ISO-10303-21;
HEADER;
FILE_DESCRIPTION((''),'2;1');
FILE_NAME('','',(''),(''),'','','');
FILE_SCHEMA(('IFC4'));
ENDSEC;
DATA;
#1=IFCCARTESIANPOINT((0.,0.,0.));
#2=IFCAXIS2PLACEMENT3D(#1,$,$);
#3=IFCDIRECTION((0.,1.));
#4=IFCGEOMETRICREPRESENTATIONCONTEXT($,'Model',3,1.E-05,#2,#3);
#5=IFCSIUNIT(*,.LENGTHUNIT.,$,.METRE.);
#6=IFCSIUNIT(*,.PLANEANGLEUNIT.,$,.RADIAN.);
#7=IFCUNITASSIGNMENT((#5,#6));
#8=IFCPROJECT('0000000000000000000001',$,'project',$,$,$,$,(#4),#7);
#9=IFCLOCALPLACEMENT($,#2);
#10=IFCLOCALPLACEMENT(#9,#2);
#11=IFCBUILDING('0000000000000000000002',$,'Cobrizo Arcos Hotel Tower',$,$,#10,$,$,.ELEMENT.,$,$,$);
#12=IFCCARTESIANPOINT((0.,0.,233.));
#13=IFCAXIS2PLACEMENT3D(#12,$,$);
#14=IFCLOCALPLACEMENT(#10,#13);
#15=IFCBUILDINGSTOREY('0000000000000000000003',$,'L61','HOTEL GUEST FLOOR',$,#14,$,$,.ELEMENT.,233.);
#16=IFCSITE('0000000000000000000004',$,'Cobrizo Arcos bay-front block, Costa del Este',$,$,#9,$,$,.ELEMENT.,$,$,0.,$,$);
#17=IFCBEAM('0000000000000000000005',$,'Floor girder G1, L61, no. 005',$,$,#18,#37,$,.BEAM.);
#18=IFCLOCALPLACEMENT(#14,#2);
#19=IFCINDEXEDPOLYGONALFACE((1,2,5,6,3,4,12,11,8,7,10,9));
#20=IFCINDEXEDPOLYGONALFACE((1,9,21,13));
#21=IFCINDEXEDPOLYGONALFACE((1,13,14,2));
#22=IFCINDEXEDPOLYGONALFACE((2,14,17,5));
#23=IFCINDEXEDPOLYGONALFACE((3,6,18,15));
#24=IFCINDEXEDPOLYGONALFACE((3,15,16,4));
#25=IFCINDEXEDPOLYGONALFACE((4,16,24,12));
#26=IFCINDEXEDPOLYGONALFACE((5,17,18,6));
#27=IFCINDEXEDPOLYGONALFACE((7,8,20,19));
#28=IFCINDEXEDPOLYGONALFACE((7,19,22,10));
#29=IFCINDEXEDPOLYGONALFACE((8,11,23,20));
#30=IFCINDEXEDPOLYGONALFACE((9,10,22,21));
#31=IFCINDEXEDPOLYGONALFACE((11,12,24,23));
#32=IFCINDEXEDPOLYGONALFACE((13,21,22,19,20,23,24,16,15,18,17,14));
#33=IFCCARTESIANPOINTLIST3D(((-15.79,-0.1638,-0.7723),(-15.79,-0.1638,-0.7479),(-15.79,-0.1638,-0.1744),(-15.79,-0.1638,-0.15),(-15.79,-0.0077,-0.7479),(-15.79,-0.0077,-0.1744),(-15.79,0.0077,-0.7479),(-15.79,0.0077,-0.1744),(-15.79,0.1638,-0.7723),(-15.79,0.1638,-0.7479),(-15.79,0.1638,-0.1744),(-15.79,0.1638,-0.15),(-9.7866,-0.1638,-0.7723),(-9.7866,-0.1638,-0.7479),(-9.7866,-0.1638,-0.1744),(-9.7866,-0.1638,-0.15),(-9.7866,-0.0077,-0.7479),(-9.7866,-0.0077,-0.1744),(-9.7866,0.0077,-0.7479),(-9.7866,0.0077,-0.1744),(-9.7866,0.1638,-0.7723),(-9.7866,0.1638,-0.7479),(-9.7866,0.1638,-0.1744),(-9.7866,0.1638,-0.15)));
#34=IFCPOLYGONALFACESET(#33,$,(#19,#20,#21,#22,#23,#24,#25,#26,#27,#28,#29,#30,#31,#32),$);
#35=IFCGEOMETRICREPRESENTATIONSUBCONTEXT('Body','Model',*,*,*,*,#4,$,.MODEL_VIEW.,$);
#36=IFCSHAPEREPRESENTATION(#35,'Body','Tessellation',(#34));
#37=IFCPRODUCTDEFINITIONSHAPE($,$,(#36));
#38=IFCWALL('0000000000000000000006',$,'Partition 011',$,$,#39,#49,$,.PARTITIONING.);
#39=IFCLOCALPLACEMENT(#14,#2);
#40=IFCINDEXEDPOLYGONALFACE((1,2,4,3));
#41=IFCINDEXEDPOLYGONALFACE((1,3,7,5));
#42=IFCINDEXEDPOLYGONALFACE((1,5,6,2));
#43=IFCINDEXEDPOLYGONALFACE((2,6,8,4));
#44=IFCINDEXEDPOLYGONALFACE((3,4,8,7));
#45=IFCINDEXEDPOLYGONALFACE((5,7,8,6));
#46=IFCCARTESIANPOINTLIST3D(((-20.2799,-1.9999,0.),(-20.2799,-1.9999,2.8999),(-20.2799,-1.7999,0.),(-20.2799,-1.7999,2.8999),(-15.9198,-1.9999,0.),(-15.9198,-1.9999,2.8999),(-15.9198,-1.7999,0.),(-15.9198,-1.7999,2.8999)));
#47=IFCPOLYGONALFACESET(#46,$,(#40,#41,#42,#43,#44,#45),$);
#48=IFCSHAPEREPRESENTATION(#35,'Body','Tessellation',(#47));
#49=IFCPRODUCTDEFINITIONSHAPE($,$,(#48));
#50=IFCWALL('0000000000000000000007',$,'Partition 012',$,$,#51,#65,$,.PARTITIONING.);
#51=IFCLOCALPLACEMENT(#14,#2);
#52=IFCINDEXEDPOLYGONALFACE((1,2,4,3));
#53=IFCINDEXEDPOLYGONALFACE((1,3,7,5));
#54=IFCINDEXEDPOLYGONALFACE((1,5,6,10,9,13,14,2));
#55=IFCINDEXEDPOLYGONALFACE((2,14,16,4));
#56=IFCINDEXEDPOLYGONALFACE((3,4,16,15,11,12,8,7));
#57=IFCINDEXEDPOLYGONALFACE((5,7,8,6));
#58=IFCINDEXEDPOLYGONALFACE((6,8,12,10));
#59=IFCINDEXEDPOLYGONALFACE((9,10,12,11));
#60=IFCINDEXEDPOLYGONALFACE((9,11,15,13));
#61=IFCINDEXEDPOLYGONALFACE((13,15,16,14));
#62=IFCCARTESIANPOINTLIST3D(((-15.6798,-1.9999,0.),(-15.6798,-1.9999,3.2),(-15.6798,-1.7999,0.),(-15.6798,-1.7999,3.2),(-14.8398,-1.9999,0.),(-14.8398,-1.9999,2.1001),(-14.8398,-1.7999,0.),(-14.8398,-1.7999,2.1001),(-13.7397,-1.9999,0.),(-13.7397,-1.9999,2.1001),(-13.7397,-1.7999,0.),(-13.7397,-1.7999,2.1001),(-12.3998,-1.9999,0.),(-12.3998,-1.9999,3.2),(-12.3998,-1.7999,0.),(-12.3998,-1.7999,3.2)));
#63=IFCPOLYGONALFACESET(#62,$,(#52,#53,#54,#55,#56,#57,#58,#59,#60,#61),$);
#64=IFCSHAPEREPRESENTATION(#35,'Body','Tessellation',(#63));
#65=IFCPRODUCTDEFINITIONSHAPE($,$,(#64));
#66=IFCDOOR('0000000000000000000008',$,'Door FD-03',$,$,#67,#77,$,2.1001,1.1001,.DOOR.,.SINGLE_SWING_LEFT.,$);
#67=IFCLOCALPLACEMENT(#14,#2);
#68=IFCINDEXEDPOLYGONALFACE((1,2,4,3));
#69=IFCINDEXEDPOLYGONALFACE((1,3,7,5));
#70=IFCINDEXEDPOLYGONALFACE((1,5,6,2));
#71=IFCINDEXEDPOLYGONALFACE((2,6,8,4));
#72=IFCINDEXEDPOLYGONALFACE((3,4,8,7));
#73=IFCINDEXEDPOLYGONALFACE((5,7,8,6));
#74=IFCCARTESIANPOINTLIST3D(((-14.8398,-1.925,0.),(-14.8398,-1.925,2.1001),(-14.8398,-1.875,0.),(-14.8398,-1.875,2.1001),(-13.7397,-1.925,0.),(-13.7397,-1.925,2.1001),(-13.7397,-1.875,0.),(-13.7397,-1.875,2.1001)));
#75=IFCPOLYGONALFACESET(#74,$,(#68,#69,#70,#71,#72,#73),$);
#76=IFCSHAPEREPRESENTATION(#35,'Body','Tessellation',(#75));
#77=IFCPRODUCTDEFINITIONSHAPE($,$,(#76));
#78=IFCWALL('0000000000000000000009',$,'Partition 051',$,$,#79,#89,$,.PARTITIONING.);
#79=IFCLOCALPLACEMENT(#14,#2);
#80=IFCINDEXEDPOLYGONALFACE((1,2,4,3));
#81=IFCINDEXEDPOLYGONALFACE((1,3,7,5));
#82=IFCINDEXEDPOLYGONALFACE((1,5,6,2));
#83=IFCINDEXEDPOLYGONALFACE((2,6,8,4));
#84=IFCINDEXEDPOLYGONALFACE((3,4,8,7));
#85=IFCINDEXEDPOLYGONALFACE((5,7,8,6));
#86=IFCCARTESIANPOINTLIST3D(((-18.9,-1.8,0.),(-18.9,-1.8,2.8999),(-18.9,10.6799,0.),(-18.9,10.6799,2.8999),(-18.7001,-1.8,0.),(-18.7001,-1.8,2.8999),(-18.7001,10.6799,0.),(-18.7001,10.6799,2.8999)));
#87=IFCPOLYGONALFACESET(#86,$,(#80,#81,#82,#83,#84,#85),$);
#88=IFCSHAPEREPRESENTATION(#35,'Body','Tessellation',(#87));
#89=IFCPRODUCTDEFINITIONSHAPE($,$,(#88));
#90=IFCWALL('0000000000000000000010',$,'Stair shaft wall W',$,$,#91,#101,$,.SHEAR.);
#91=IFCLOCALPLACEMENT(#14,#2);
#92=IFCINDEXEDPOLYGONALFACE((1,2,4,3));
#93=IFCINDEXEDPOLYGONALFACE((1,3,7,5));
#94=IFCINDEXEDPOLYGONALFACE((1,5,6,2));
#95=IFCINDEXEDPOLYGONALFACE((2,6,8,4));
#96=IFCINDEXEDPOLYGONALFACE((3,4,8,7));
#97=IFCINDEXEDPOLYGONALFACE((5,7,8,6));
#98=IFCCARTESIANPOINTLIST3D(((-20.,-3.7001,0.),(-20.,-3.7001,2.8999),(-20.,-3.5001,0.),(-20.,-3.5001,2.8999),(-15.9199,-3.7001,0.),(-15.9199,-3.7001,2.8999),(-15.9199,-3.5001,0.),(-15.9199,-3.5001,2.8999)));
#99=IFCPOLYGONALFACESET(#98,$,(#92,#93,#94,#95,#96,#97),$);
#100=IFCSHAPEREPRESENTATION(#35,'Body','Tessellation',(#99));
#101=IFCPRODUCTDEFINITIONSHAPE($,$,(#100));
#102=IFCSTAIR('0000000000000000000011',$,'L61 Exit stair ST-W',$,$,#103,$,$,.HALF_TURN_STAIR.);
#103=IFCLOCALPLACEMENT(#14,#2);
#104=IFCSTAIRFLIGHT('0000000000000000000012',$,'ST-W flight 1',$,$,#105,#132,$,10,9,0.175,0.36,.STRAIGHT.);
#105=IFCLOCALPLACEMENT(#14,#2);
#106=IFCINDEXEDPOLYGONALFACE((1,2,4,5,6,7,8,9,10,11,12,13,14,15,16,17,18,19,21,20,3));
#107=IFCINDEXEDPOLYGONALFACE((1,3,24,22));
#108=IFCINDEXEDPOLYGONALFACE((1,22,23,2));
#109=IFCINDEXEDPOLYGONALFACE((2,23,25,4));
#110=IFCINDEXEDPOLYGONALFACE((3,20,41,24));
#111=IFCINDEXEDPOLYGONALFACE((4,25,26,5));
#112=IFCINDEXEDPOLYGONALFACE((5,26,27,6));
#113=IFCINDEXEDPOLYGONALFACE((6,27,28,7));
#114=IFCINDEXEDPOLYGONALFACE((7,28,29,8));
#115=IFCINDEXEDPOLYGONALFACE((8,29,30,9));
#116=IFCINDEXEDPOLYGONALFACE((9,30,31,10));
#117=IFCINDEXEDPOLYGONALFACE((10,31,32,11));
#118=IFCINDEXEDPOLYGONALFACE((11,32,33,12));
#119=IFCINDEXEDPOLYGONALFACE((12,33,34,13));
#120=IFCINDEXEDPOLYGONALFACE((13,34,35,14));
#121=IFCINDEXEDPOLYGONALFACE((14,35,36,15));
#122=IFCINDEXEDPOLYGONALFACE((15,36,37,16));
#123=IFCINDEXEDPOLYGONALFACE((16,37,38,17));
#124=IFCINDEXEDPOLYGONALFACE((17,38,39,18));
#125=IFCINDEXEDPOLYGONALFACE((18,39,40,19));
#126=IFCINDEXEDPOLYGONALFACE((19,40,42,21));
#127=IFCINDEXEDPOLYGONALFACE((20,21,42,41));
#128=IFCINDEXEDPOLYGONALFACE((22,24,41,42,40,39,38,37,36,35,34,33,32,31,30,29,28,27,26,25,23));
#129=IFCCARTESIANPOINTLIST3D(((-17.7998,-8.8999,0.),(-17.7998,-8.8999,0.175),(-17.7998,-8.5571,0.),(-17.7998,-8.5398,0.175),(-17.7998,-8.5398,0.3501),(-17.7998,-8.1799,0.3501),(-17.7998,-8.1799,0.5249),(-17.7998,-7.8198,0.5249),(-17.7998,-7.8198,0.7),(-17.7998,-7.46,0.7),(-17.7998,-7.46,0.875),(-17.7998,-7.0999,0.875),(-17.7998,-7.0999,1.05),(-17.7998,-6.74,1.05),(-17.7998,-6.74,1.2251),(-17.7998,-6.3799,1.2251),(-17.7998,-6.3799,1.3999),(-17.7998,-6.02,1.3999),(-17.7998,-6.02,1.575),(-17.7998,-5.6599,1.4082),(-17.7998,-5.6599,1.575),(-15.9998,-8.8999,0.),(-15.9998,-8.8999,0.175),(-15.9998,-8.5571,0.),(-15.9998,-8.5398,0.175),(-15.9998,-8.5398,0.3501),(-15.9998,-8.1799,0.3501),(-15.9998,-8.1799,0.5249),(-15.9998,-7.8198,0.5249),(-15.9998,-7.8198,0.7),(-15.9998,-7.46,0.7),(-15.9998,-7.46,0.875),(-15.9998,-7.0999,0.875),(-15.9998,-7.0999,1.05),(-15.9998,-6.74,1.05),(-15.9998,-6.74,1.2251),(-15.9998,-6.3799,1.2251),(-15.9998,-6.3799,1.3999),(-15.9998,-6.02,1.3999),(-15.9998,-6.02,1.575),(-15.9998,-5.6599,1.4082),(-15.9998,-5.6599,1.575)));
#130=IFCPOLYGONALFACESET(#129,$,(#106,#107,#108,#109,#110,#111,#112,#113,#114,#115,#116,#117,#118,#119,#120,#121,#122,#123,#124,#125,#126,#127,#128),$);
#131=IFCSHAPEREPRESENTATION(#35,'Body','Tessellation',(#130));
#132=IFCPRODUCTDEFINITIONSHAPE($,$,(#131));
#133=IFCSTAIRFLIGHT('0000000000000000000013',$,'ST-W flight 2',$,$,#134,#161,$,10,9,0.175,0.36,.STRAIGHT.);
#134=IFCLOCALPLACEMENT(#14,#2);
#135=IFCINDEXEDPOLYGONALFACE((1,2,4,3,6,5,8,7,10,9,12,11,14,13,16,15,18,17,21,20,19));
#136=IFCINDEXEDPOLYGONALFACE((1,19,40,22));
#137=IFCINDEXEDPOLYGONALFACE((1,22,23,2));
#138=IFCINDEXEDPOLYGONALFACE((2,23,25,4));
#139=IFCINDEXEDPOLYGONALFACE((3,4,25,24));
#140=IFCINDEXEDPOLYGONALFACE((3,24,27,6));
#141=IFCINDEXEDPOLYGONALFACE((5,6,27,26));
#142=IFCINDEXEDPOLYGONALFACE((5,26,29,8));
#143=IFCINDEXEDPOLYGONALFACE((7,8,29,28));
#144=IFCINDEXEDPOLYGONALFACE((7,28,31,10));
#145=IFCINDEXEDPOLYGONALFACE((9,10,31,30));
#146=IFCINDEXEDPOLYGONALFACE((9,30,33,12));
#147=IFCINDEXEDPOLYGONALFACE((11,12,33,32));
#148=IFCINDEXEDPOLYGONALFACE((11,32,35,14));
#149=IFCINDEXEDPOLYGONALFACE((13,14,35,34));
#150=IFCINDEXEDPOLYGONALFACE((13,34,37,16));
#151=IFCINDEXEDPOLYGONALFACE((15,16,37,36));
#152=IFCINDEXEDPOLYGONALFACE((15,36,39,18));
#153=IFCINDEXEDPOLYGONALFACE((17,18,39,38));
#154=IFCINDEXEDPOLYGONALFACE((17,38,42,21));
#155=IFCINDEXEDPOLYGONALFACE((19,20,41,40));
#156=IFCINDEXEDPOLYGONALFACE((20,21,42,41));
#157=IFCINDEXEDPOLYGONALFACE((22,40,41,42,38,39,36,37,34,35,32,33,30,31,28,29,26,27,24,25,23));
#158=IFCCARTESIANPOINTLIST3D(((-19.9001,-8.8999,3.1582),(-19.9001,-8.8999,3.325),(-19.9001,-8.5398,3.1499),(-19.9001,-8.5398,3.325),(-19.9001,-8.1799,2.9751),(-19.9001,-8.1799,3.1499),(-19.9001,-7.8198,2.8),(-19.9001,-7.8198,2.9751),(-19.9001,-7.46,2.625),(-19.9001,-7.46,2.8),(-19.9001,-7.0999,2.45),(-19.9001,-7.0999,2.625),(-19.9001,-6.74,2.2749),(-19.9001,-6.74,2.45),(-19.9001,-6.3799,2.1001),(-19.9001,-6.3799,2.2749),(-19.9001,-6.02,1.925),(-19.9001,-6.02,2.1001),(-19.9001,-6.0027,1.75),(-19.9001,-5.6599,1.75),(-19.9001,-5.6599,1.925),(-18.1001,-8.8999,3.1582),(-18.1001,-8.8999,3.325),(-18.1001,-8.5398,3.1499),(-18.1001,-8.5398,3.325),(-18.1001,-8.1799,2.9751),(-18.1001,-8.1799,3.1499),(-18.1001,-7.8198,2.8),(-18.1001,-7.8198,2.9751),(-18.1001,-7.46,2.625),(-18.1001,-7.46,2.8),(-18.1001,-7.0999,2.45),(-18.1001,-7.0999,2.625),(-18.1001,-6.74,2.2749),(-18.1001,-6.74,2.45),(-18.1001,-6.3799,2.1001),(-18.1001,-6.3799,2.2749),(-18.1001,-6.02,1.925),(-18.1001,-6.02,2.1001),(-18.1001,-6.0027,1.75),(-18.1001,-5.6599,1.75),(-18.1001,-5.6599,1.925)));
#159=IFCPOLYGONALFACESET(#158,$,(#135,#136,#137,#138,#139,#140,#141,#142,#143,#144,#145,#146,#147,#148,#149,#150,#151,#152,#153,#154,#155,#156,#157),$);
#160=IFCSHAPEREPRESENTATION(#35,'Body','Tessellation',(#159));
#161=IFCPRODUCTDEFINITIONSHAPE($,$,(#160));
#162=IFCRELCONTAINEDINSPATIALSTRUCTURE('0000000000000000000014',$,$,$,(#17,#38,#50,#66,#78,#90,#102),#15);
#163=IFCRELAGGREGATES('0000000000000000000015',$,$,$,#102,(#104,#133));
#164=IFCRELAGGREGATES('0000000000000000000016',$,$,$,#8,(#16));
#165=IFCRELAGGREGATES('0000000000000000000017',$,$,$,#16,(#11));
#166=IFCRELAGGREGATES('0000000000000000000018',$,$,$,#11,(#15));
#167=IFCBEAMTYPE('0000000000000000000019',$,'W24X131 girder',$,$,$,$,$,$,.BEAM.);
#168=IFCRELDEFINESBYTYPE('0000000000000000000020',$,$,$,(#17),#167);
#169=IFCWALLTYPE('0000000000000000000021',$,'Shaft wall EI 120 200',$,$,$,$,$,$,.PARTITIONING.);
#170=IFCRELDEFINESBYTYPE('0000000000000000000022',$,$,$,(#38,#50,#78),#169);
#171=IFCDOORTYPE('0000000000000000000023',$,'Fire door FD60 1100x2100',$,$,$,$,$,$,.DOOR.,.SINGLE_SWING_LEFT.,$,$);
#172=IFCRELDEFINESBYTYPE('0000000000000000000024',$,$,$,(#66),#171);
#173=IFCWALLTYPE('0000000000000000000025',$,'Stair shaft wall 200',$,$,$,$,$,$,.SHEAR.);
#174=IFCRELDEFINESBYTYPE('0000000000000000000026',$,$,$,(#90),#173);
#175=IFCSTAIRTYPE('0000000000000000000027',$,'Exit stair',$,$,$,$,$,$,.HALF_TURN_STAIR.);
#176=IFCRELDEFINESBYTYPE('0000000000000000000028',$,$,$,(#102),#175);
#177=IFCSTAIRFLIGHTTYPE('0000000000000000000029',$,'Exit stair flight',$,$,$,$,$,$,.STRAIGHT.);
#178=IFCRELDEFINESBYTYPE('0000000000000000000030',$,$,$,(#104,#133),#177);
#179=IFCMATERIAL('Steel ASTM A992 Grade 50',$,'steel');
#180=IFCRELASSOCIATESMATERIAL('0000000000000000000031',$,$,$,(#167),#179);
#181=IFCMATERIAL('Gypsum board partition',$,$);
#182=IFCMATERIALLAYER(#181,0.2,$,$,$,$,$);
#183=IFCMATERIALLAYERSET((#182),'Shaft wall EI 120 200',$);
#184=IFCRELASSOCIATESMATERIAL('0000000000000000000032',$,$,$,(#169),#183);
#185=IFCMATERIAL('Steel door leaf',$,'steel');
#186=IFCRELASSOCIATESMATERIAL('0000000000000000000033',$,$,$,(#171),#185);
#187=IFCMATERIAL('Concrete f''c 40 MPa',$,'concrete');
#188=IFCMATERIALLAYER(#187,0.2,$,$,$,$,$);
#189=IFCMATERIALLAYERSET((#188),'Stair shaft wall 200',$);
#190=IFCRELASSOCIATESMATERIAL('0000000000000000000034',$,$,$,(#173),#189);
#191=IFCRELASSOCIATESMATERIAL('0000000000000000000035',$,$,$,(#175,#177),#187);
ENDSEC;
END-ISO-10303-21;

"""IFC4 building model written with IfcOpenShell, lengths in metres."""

from ifc_helpers import new_model, si_unit, direction, frame, frame_2d, origin, origin_2d, place, context, subcontext, project, spatial, polyline, rectangle, i_section, outline, extrude, material, layer, layer_set, material_profile, profile_set, type_object, element, fill, aggregate, save


model = new_model("IFC4")

# Units and contexts
model_context = context("Model", 3, precision=1e-05, world=origin(), true_north=direction((0.0, 1.0)))
body_context = subcontext(model_context, "Body", "Model", "MODEL_VIEW")
ifc_project = project(units=[si_unit("LENGTHUNIT", "METRE"), si_unit("PLANEANGLEUNIT", "RADIAN")], contexts=[model_context])

# Site, building, storey
site_placement = place(None, origin())
site = spatial("IfcSite", under=ifc_project, at=site_placement, Name="Cobrizo Arcos bay-front block, Costa del Este", CompositionType="ELEMENT", RefElevation=0.0)
building_placement = place(site_placement, origin())
building = spatial("IfcBuilding", under=site, at=building_placement, Name="Cobrizo Arcos Hotel Tower", CompositionType="ELEMENT")
storey_placement = place(building_placement, frame((0.0, 0.0, 233.0)))
storey = spatial("IfcBuildingStorey", under=building, at=storey_placement, Name="L61", Description="HOTEL GUEST FLOOR", CompositionType="ELEMENT", Elevation=233.0)

# Beam
ifc_material_1 = material(Name="Steel ASTM A992 Grade 50", Category="steel")
ifc_material_profile = material_profile(ifc_material_1, i_section(OverallWidth=0.3276, OverallDepth=0.6223, WebThickness=0.0154, FlangeThickness=0.0244, at=origin_2d()), Name="W24X131")
ifc_profile_set = profile_set([ifc_material_profile], Name="Steel ASTM A992 Grade 50")
beam_type = type_object("IfcBeamType", Name="W24X131 girder", PredefinedType="BEAM", material=ifc_profile_set)
beam_placement = place(storey_placement, frame((-15.79, 0.0, -0.4612), z_axis=(1.0, 0.0, 0.0), x_axis=(0.0, 1.0, 0.0)))
element("IfcBeam", 1, at=beam_placement, inside=storey, type_object=beam_type, Name="Floor girder G1, L61, no. 005", PredefinedType="BEAM", context=body_context, shape_type="SweptSolid", body=[
    extrude(i_section(OverallWidth=0.3276, OverallDepth=0.6223, WebThickness=0.0154, FlangeThickness=0.0244, at=origin_2d()), origin(), (0.0, 0.0, 1.0), 6.0034),
])

# Wall
ifc_material_2 = material(Name="Gypsum board partition")
ifc_layer_1 = layer(ifc_material_2, 0.2)
ifc_layer_set_1 = layer_set([ifc_layer_1], Name="Shaft wall EI 120 200")
wall_type_1 = type_object("IfcWallType", Name="Shaft wall EI 120 200", PredefinedType="PARTITIONING", material=ifc_layer_set_1)
wall_1_placement = place(storey_placement, frame((-20.28, -1.8999, 0.0), z_axis=(0.0, 0.0, 1.0), x_axis=(1.0, 0.0, 0.0)))
element("IfcWall", 2, at=wall_1_placement, inside=storey, type_object=wall_type_1, Name="Partition 011", PredefinedType="PARTITIONING", context=body_context, shape_type="SweptSolid", body=[
    extrude(rectangle(XDim=4.3601, YDim=0.2, at=frame_2d((2.1802, 0.0))), origin(), (0.0, 0.0, 1.0), 2.8999),
])

# Wall, opening, door
wall_2_placement = place(storey_placement, frame((-15.6799, -1.8999, 0.0), z_axis=(0.0, 0.0, 1.0), x_axis=(1.0, 0.0, 0.0)))
wall_2 = element("IfcWall", 3, at=wall_2_placement, inside=storey, type_object=wall_type_1, Name="Partition 012", PredefinedType="PARTITIONING", context=body_context, shape_type="SweptSolid", body=[
    extrude(rectangle(XDim=3.28, YDim=0.2, at=frame_2d((1.6401, 0.0))), origin(), (0.0, 0.0, 1.0), 3.2),
])
opening_placement = place(wall_2_placement, frame((0.8401, 0.0, 0.0)))
opening = element("IfcOpeningElement", 4, at=opening_placement, cuts=wall_2, PredefinedType="OPENING", context=body_context, shape_type="SweptSolid", body=[
    extrude(rectangle(XDim=1.1001, YDim=2.1001, at=frame_2d((0.55, 1.05))), frame((0.0, 0.1121, 0.0), z_axis=(0.0, -1.0, 0.0), x_axis=(1.0, 0.0, 0.0)), (0.0, 0.0, 1.0), 0.2239),
])
ifc_material_3 = material(Name="Steel door leaf", Category="steel")
door_type = type_object("IfcDoorType", Name="Fire door FD60 1100x2100", OperationType="SINGLE_SWING_LEFT", PredefinedType="DOOR", material=ifc_material_3)
door_placement = place(opening_placement, origin())
door = element("IfcDoor", 5, at=door_placement, inside=storey, type_object=door_type, Name="Door FD-03", OperationType="SINGLE_SWING_LEFT", OverallHeight=2.1001, OverallWidth=1.1001, PredefinedType="DOOR", context=body_context, shape_type="SweptSolid", body=[
    extrude(rectangle(XDim=1.1001, YDim=2.1001, at=frame_2d((0.55, 1.05))), frame((0.0, 0.0249, 0.0), z_axis=(0.0, -1.0, 0.0), x_axis=(1.0, 0.0, 0.0)), (0.0, 0.0, 1.0), 0.05),
])
fill(opening, door)

# Walls
wall_3_placement = place(storey_placement, frame((-18.8, -1.8, 0.0), z_axis=(0.0, 0.0, 1.0), x_axis=(0.0, 1.0, 0.0)))
element("IfcWall", 6, at=wall_3_placement, inside=storey, type_object=wall_type_1, Name="Partition 051", PredefinedType="PARTITIONING", context=body_context, shape_type="SweptSolid", body=[
    extrude(rectangle(XDim=12.48, YDim=0.2, at=frame_2d((6.24, 0.0))), origin(), (0.0, 0.0, 1.0), 2.8999),
])
ifc_material_4 = material(Name="Concrete f'c 40 MPa", Category="concrete")
ifc_layer_2 = layer(ifc_material_4, 0.2)
ifc_layer_set_2 = layer_set([ifc_layer_2], Name="Stair shaft wall 200")
wall_type_2 = type_object("IfcWallType", Name="Stair shaft wall 200", PredefinedType="SHEAR", material=ifc_layer_set_2)
wall_4_placement = place(storey_placement, frame((-20.0, -3.6001, 0.0), z_axis=(0.0, 0.0, 1.0), x_axis=(1.0, 0.0, 0.0)))
element("IfcWall", 7, at=wall_4_placement, inside=storey, type_object=wall_type_2, Name="Stair shaft wall W", PredefinedType="SHEAR", context=body_context, shape_type="SweptSolid", body=[
    extrude(rectangle(XDim=4.0801, YDim=0.2, at=frame_2d((2.04, 0.0))), origin(), (0.0, 0.0, 1.0), 2.8999),
])

# Stair, stair flights
stair_type = type_object("IfcStairType", Name="Exit stair", PredefinedType="HALF_TURN_STAIR", material=ifc_material_4)
stair_placement = place(storey_placement, origin())
stair = element("IfcStair", 8, at=stair_placement, inside=storey, type_object=stair_type, Name="L61 Exit stair ST-W", PredefinedType="HALF_TURN_STAIR")
stair_flight_type = type_object("IfcStairFlightType", Name="Exit stair flight", PredefinedType="STRAIGHT", material=ifc_material_4)
stair_flight_1_placement = place(storey_placement, frame((-16.8999, -8.8999, 0.0), z_axis=(0.0, 0.0, 1.0), x_axis=(0.0, 1.0, 0.0)))
stair_flight_1 = element("IfcStairFlight", 9, at=stair_flight_1_placement, type_object=stair_flight_type, Name="ST-W flight 1", NumberOfRisers=10, NumberOfTreads=9, PredefinedType="STRAIGHT", RiserHeight=0.175, TreadLength=0.36, context=body_context, shape_type="SweptSolid", body=[
    extrude(outline(polyline([(0.0, 0.0), (0.0, 0.175), (0.3601, 0.175), (0.3601, 0.3501), (0.72, 0.3501), (0.72, 0.5249), (1.0801, 0.5249), (1.0801, 0.7), (1.4399, 0.7), (1.4399, 0.875), (1.8, 0.875), (1.8, 1.05), (2.1599, 1.05), (2.1599, 1.2251), (2.52, 1.2251), (2.52, 1.3999), (2.8799, 1.3999), (2.8799, 1.575), (3.24, 1.575), (3.24, 1.75), (3.24, 1.4082), (0.3428, 0.0), (0.0, 0.0)])), frame((0.0, 0.8999, 0.0), z_axis=(0.0, -1.0, 0.0), x_axis=(1.0, 0.0, 0.0)), (0.0, 0.0, 1.0), 1.8),
])
stair_flight_2_placement = place(storey_placement, frame((-19.0, -5.6599, 1.75), z_axis=(0.0, 0.0, 1.0), x_axis=(0.0, -1.0, 0.0)))
stair_flight_2 = element("IfcStairFlight", 10, at=stair_flight_2_placement, type_object=stair_flight_type, Name="ST-W flight 2", NumberOfRisers=10, NumberOfTreads=9, PredefinedType="STRAIGHT", RiserHeight=0.175, TreadLength=0.36, context=body_context, shape_type="SweptSolid", body=[
    extrude(outline(polyline([(0.0, 0.0), (0.0, 0.175), (0.3601, 0.175), (0.3601, 0.3501), (0.72, 0.3501), (0.72, 0.5249), (1.0801, 0.5249), (1.0801, 0.7), (1.4399, 0.7), (1.4399, 0.875), (1.8, 0.875), (1.8, 1.05), (2.1599, 1.05), (2.1599, 1.2251), (2.52, 1.2251), (2.52, 1.3999), (2.8799, 1.3999), (2.8799, 1.575), (3.24, 1.575), (3.24, 1.75), (3.24, 1.4082), (0.3428, 0.0), (0.0, 0.0)])), frame((0.0, 0.8999, 0.0), z_axis=(0.0, -1.0, 0.0), x_axis=(1.0, 0.0, 0.0)), (0.0, 0.0, 1.0), 1.8),
])
aggregate(stair, [stair_flight_1, stair_flight_2])

save(model, "model.ifc")
